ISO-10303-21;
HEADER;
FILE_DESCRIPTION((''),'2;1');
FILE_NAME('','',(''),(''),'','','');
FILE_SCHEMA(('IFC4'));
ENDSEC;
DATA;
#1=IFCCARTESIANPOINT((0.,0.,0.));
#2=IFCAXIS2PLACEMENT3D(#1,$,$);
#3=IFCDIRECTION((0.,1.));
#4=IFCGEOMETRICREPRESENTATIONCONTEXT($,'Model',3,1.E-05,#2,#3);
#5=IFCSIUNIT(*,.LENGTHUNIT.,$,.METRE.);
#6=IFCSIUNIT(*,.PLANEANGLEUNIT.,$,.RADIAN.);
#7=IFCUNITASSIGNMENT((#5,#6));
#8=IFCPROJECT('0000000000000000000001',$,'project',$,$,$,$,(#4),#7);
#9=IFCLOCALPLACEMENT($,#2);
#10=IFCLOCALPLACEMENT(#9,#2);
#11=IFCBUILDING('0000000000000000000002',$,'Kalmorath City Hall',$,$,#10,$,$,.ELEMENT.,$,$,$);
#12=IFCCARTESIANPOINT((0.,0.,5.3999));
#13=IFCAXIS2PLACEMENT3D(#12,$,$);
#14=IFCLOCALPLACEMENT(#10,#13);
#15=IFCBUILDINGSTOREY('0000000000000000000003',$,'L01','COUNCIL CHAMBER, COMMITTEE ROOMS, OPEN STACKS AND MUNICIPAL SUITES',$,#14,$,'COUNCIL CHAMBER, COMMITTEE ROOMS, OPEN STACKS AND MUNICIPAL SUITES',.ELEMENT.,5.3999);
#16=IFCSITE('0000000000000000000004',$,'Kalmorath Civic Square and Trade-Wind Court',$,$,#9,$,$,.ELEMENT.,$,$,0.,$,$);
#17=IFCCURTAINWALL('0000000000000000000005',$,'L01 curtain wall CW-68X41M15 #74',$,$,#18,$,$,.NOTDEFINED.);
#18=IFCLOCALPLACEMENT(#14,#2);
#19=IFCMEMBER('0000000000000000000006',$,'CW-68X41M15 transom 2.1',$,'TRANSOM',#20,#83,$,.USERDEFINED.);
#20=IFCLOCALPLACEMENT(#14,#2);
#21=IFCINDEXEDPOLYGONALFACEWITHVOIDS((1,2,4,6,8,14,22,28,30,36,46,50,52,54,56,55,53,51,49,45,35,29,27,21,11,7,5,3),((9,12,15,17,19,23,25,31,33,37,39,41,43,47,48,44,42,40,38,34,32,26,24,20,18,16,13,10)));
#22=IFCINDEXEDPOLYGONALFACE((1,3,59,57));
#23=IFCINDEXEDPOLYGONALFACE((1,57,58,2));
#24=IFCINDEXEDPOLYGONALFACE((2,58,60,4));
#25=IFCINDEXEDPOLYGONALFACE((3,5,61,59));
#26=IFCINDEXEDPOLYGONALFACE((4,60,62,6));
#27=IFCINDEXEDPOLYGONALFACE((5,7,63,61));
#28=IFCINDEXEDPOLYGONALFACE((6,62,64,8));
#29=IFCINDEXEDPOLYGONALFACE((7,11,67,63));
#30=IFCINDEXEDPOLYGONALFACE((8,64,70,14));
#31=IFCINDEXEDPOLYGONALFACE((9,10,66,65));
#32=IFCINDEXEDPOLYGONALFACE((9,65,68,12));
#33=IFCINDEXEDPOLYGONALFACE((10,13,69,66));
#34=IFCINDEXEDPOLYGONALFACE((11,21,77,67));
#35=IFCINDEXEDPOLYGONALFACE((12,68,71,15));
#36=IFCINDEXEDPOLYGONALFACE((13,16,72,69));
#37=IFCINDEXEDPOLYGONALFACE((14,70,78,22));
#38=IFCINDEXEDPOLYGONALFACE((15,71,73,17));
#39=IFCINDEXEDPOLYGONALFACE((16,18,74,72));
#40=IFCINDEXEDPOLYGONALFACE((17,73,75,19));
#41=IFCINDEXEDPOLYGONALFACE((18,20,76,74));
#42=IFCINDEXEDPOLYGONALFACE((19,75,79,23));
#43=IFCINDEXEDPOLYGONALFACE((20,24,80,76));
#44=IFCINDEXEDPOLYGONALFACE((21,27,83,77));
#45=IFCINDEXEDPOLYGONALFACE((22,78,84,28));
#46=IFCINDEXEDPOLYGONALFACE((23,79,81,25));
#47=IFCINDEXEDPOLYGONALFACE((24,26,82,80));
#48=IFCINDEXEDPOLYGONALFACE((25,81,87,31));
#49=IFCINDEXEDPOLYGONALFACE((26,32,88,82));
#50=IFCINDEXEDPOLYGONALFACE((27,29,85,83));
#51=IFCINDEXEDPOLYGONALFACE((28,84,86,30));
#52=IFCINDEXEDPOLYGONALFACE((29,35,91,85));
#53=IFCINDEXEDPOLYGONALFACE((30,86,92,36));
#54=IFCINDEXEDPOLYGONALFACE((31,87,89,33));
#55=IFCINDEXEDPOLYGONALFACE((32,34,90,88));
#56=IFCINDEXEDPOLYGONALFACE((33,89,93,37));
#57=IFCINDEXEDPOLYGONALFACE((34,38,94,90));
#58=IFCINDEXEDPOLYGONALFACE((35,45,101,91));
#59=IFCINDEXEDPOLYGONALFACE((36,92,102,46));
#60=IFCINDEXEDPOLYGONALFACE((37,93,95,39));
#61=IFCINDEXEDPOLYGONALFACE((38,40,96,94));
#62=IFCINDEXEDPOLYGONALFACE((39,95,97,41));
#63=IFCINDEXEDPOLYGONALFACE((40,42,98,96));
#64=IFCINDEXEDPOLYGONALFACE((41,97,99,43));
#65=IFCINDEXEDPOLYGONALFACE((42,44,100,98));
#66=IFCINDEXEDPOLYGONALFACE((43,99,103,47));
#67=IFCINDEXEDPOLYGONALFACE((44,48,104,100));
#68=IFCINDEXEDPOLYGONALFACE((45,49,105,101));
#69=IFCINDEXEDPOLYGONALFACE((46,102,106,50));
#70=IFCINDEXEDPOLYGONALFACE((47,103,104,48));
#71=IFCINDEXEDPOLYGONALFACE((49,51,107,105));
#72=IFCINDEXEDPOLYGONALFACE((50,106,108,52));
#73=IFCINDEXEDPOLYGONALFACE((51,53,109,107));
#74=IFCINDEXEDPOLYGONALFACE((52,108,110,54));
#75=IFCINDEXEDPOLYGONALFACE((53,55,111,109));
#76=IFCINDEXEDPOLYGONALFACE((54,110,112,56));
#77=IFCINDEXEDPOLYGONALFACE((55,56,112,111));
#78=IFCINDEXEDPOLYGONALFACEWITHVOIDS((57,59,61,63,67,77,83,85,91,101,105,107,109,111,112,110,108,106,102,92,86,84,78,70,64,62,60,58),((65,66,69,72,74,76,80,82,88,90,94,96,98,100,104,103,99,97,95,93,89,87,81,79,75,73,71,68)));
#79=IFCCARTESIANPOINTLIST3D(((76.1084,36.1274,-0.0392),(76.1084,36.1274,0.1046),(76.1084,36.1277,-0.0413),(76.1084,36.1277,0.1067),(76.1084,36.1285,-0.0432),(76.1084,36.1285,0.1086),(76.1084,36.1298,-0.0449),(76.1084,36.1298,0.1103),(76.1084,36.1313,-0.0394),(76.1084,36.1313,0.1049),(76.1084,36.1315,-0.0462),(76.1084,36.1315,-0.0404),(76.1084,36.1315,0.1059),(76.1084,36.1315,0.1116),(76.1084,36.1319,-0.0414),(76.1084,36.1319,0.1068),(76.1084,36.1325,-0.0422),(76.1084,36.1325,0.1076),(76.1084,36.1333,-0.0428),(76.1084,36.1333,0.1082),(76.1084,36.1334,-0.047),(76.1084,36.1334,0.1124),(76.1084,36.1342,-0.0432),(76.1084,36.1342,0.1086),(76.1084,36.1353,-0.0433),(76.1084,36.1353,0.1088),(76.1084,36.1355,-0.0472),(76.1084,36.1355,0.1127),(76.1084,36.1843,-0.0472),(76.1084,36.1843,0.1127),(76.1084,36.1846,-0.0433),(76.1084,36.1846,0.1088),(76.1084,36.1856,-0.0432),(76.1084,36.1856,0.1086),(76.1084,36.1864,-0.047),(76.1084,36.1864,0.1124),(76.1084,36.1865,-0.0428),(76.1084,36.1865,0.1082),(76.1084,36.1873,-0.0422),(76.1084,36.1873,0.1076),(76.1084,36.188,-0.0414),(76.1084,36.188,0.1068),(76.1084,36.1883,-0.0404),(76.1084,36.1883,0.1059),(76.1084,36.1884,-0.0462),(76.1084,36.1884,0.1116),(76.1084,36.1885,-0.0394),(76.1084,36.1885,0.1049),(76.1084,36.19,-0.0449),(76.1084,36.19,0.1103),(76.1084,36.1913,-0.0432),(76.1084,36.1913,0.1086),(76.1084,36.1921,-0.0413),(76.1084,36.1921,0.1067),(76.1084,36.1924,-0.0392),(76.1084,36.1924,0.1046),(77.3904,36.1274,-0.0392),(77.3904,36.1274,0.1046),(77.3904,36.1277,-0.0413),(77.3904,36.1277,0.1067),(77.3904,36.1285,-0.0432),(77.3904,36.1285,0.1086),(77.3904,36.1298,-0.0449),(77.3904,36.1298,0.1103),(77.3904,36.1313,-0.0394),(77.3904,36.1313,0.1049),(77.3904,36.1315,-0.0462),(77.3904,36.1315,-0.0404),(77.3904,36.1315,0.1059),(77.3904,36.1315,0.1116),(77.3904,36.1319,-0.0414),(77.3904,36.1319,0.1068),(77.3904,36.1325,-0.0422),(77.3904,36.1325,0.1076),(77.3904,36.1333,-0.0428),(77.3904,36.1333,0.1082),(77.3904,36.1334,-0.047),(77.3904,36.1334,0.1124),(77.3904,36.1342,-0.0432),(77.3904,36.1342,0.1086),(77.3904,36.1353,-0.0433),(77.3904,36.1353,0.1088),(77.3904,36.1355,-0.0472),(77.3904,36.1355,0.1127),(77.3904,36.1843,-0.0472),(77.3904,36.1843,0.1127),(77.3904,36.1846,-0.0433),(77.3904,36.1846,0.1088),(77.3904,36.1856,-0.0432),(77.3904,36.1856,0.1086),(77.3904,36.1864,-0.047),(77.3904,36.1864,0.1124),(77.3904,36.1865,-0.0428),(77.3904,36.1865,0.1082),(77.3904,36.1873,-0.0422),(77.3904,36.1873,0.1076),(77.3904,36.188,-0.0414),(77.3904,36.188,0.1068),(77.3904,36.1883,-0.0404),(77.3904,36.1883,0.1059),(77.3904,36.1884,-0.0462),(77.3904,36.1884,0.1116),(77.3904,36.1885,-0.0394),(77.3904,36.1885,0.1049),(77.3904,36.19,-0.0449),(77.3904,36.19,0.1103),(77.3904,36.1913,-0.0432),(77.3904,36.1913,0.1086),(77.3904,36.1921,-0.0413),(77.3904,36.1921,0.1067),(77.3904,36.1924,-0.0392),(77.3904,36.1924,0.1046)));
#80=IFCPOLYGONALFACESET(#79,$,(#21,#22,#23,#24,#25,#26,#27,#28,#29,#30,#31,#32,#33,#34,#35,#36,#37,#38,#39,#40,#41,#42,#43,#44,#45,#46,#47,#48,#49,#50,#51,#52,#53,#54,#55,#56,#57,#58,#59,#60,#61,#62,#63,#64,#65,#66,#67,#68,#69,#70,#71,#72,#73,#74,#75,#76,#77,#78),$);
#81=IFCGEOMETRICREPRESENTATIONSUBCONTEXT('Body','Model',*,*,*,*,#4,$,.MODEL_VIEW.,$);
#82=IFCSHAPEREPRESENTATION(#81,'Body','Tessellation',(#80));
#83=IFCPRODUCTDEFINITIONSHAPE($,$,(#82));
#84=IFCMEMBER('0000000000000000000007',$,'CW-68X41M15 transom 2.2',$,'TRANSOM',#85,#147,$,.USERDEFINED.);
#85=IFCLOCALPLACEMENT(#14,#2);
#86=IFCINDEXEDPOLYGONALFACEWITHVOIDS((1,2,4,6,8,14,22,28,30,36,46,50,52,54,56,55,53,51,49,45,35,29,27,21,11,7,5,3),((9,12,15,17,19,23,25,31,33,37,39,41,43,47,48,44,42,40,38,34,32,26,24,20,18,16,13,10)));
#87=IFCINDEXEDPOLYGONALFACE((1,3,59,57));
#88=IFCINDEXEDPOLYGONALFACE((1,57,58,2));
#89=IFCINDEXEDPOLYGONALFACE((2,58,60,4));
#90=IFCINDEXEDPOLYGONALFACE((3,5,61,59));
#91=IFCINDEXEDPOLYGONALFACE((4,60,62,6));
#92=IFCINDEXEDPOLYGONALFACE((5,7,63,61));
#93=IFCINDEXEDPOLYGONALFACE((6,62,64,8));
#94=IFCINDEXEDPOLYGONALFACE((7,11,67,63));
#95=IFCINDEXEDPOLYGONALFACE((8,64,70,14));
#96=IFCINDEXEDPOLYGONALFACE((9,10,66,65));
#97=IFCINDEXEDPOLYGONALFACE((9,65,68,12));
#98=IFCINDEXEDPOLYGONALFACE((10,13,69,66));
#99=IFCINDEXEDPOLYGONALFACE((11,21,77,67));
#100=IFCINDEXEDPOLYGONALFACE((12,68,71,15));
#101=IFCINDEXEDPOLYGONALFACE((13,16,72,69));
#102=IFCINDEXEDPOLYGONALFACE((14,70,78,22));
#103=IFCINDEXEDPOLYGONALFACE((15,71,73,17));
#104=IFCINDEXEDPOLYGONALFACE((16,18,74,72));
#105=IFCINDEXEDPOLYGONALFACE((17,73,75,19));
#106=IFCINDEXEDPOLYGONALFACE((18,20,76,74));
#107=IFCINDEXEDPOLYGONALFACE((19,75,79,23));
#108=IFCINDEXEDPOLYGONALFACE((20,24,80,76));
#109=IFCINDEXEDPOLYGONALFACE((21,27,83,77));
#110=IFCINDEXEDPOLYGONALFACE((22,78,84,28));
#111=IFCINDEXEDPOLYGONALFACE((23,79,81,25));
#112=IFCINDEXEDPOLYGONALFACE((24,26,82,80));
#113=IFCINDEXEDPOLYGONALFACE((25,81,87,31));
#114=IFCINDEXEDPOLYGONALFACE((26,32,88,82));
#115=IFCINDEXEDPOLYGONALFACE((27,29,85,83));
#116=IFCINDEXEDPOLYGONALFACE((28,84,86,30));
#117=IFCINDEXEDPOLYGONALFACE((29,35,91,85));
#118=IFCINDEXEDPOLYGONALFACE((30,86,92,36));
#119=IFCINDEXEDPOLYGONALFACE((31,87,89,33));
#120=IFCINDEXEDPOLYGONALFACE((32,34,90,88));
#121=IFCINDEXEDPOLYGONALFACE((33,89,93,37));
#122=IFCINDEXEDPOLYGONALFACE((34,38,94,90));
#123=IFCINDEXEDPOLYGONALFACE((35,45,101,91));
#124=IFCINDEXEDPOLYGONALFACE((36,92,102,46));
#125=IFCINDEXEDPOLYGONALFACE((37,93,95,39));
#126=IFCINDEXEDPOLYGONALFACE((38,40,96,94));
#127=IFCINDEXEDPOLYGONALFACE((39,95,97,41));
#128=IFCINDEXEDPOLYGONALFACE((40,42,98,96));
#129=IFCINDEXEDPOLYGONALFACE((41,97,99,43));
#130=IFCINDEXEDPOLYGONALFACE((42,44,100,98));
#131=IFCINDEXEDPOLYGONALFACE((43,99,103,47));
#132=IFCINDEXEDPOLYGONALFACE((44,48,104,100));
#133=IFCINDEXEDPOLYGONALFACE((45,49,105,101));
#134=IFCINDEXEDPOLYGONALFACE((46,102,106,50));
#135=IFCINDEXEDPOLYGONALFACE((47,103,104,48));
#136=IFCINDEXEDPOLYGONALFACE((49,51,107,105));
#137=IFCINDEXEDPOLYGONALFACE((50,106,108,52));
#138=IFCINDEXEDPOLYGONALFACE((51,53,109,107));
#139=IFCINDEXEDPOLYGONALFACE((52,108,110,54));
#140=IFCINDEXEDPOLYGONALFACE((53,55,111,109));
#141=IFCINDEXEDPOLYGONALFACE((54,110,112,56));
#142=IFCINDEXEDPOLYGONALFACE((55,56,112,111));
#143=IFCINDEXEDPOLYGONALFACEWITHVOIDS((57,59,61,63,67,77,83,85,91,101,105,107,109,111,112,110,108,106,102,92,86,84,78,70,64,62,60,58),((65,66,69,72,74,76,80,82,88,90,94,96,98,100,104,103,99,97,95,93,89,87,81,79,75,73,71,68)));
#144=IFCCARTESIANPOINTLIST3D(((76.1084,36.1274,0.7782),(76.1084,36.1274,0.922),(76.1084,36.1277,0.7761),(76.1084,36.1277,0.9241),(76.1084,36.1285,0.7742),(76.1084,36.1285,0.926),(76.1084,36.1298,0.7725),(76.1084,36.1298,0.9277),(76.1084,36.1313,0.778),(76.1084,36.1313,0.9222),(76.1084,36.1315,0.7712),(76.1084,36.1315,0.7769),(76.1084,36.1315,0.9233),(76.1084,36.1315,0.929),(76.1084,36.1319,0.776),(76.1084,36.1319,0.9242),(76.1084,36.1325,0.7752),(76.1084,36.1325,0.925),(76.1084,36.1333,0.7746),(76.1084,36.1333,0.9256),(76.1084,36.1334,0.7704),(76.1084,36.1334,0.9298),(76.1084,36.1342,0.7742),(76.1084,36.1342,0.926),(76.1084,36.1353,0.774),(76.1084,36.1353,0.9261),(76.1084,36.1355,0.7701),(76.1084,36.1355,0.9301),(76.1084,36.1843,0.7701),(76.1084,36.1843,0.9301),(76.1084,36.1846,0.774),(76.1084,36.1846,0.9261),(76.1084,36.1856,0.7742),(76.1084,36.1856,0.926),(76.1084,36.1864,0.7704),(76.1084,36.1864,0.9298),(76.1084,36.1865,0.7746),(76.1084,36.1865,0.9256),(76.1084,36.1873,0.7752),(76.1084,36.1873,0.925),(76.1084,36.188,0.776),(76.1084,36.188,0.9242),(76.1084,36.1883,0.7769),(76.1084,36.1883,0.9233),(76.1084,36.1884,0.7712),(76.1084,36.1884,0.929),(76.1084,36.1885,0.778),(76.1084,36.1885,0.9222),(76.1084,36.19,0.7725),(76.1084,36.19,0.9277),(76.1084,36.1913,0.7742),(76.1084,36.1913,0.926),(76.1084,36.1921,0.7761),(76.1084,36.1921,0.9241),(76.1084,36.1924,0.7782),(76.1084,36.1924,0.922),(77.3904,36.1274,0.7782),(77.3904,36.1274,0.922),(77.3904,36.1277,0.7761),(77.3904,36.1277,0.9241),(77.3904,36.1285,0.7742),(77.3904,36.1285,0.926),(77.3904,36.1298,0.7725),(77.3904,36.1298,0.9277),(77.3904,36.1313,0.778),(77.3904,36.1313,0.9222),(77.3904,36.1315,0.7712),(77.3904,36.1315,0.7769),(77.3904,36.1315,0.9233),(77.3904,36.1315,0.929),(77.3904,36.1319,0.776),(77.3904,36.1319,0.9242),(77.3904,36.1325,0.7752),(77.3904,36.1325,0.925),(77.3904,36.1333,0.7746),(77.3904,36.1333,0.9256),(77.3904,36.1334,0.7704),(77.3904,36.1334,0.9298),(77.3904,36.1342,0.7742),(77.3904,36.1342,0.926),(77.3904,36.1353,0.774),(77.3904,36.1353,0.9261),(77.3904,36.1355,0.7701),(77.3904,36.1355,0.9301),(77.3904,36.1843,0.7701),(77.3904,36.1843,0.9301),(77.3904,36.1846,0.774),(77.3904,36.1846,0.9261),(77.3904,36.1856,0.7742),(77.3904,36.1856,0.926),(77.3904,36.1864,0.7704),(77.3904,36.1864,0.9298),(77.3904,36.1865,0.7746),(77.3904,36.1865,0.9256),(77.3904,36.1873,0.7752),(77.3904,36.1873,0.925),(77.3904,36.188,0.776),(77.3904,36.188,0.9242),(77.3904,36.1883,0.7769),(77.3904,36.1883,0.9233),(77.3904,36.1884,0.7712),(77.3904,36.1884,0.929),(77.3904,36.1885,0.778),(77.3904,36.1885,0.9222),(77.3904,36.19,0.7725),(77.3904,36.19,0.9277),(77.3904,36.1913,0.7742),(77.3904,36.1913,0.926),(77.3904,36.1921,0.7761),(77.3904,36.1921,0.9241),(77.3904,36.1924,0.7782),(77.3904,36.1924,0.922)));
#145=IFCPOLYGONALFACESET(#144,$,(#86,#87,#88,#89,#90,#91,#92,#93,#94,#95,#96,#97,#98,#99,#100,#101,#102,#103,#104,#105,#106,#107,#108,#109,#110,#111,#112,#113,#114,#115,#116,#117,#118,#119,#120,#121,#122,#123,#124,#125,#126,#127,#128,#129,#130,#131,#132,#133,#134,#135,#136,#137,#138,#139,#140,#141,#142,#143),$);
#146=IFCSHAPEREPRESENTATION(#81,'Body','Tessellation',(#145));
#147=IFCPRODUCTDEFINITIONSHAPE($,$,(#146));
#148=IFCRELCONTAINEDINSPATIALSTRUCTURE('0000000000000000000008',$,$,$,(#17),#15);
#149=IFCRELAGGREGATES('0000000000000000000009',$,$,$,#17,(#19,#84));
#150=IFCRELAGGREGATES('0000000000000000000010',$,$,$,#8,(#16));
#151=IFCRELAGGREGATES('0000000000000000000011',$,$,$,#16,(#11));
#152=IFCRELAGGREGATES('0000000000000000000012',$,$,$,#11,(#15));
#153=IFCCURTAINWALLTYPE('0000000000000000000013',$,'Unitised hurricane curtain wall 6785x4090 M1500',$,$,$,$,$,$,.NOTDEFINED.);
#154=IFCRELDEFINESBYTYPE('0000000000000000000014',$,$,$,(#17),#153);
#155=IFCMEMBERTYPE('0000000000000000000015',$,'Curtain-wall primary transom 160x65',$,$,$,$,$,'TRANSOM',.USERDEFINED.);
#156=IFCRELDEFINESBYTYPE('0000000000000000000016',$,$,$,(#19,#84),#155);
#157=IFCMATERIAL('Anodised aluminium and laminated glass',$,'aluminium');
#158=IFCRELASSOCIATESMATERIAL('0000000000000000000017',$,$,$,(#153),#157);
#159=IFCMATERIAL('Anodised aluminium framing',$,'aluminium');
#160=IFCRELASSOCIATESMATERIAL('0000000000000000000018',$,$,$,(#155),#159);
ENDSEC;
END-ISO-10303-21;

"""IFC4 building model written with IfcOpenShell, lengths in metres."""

from ifc_helpers import new_model, si_unit, direction, frame, origin, origin_2d, place, context, subcontext, project, spatial, hollow_rectangle, extrude, material, material_profile, profile_set, type_object, element, aggregate, save


model = new_model("IFC4")

# Units and contexts
model_context = context("Model", 3, precision=1e-05, world=origin(), true_north=direction((0.0, 1.0)))
body_context = subcontext(model_context, "Body", "Model", "MODEL_VIEW")
ifc_project = project(units=[si_unit("LENGTHUNIT", "METRE"), si_unit("PLANEANGLEUNIT", "RADIAN")], contexts=[model_context])

# Site, building, storey
site_placement = place(None, origin())
site = spatial("IfcSite", under=ifc_project, at=site_placement, Name="Kalmorath Civic Square and Trade-Wind Court", CompositionType="ELEMENT", RefElevation=0.0)
building_placement = place(site_placement, origin())
building = spatial("IfcBuilding", under=site, at=building_placement, Name="Kalmorath City Hall", CompositionType="ELEMENT")
storey_placement = place(building_placement, frame((0.0, 0.0, 5.3999)))
storey = spatial("IfcBuildingStorey", under=building, at=storey_placement, Name="L01", Description="COUNCIL CHAMBER, COMMITTEE ROOMS, OPEN STACKS AND MUNICIPAL SUITES", LongName="COUNCIL CHAMBER, COMMITTEE ROOMS, OPEN STACKS AND MUNICIPAL SUITES", CompositionType="ELEMENT", Elevation=5.3999)

# Curtain wall, members
ifc_material_1 = material(Name="Anodised aluminium and laminated glass", Category="aluminium")
curtain_wall_type = type_object("IfcCurtainWallType", Name="Unitised hurricane curtain wall 6785x4090 M1500", PredefinedType="NOTDEFINED", material=ifc_material_1)
curtain_wall_placement = place(storey_placement, origin())
curtain_wall = element("IfcCurtainWall", 1, at=curtain_wall_placement, inside=storey, type_object=curtain_wall_type, Name="L01 curtain wall CW-68X41M15 #74", PredefinedType="NOTDEFINED")
ifc_material_2 = material(Name="Anodised aluminium framing", Category="aluminium")
ifc_material_profile_1 = material_profile(ifc_material_2, hollow_rectangle(XDim=0.0649, YDim=0.1599, WallThickness=0.0039, InnerFilletRadius=0.0039, OuterFilletRadius=0.0081, at=origin_2d()), Name="ALU-TRN-160X65X4")
ifc_profile_set_1 = profile_set([ifc_material_profile_1], Name="Anodised aluminium framing")
member_type_1 = type_object("IfcMemberType", Name="Curtain-wall primary transom 160x65", ElementType="TRANSOM", PredefinedType="USERDEFINED", material=ifc_profile_set_1)
member_1_placement = place(storey_placement, frame((77.3904, 36.1599, 0.0327), z_axis=(-1.0, 0.0, 0.0), x_axis=(0.0, -1.0, 0.0)))
member_1 = element("IfcMember", 2, at=member_1_placement, type_object=member_type_1, Name="CW-68X41M15 transom 2.1", ObjectType="TRANSOM", PredefinedType="USERDEFINED", context=body_context, shape_type="SweptSolid", body=[
    extrude(hollow_rectangle(XDim=0.0649, YDim=0.1599, WallThickness=0.0039, InnerFilletRadius=0.0039, OuterFilletRadius=0.0081, at=origin_2d()), origin(), (0.0, 0.0, 1.0), 1.282),
])
member_2_placement = place(storey_placement, frame((77.3904, 36.1599, 0.8501), z_axis=(-1.0, 0.0, 0.0), x_axis=(0.0, -1.0, 0.0)))
member_2 = element("IfcMember", 3, at=member_2_placement, type_object=member_type_1, Name="CW-68X41M15 transom 2.2", ObjectType="TRANSOM", PredefinedType="USERDEFINED", context=body_context, shape_type="SweptSolid", body=[
    extrude(hollow_rectangle(XDim=0.0649, YDim=0.1599, WallThickness=0.0039, InnerFilletRadius=0.0039, OuterFilletRadius=0.0081, at=origin_2d()), origin(), (0.0, 0.0, 1.0), 1.282),
])
aggregate(curtain_wall, [member_1, member_2])

save(model, "model.ifc")
